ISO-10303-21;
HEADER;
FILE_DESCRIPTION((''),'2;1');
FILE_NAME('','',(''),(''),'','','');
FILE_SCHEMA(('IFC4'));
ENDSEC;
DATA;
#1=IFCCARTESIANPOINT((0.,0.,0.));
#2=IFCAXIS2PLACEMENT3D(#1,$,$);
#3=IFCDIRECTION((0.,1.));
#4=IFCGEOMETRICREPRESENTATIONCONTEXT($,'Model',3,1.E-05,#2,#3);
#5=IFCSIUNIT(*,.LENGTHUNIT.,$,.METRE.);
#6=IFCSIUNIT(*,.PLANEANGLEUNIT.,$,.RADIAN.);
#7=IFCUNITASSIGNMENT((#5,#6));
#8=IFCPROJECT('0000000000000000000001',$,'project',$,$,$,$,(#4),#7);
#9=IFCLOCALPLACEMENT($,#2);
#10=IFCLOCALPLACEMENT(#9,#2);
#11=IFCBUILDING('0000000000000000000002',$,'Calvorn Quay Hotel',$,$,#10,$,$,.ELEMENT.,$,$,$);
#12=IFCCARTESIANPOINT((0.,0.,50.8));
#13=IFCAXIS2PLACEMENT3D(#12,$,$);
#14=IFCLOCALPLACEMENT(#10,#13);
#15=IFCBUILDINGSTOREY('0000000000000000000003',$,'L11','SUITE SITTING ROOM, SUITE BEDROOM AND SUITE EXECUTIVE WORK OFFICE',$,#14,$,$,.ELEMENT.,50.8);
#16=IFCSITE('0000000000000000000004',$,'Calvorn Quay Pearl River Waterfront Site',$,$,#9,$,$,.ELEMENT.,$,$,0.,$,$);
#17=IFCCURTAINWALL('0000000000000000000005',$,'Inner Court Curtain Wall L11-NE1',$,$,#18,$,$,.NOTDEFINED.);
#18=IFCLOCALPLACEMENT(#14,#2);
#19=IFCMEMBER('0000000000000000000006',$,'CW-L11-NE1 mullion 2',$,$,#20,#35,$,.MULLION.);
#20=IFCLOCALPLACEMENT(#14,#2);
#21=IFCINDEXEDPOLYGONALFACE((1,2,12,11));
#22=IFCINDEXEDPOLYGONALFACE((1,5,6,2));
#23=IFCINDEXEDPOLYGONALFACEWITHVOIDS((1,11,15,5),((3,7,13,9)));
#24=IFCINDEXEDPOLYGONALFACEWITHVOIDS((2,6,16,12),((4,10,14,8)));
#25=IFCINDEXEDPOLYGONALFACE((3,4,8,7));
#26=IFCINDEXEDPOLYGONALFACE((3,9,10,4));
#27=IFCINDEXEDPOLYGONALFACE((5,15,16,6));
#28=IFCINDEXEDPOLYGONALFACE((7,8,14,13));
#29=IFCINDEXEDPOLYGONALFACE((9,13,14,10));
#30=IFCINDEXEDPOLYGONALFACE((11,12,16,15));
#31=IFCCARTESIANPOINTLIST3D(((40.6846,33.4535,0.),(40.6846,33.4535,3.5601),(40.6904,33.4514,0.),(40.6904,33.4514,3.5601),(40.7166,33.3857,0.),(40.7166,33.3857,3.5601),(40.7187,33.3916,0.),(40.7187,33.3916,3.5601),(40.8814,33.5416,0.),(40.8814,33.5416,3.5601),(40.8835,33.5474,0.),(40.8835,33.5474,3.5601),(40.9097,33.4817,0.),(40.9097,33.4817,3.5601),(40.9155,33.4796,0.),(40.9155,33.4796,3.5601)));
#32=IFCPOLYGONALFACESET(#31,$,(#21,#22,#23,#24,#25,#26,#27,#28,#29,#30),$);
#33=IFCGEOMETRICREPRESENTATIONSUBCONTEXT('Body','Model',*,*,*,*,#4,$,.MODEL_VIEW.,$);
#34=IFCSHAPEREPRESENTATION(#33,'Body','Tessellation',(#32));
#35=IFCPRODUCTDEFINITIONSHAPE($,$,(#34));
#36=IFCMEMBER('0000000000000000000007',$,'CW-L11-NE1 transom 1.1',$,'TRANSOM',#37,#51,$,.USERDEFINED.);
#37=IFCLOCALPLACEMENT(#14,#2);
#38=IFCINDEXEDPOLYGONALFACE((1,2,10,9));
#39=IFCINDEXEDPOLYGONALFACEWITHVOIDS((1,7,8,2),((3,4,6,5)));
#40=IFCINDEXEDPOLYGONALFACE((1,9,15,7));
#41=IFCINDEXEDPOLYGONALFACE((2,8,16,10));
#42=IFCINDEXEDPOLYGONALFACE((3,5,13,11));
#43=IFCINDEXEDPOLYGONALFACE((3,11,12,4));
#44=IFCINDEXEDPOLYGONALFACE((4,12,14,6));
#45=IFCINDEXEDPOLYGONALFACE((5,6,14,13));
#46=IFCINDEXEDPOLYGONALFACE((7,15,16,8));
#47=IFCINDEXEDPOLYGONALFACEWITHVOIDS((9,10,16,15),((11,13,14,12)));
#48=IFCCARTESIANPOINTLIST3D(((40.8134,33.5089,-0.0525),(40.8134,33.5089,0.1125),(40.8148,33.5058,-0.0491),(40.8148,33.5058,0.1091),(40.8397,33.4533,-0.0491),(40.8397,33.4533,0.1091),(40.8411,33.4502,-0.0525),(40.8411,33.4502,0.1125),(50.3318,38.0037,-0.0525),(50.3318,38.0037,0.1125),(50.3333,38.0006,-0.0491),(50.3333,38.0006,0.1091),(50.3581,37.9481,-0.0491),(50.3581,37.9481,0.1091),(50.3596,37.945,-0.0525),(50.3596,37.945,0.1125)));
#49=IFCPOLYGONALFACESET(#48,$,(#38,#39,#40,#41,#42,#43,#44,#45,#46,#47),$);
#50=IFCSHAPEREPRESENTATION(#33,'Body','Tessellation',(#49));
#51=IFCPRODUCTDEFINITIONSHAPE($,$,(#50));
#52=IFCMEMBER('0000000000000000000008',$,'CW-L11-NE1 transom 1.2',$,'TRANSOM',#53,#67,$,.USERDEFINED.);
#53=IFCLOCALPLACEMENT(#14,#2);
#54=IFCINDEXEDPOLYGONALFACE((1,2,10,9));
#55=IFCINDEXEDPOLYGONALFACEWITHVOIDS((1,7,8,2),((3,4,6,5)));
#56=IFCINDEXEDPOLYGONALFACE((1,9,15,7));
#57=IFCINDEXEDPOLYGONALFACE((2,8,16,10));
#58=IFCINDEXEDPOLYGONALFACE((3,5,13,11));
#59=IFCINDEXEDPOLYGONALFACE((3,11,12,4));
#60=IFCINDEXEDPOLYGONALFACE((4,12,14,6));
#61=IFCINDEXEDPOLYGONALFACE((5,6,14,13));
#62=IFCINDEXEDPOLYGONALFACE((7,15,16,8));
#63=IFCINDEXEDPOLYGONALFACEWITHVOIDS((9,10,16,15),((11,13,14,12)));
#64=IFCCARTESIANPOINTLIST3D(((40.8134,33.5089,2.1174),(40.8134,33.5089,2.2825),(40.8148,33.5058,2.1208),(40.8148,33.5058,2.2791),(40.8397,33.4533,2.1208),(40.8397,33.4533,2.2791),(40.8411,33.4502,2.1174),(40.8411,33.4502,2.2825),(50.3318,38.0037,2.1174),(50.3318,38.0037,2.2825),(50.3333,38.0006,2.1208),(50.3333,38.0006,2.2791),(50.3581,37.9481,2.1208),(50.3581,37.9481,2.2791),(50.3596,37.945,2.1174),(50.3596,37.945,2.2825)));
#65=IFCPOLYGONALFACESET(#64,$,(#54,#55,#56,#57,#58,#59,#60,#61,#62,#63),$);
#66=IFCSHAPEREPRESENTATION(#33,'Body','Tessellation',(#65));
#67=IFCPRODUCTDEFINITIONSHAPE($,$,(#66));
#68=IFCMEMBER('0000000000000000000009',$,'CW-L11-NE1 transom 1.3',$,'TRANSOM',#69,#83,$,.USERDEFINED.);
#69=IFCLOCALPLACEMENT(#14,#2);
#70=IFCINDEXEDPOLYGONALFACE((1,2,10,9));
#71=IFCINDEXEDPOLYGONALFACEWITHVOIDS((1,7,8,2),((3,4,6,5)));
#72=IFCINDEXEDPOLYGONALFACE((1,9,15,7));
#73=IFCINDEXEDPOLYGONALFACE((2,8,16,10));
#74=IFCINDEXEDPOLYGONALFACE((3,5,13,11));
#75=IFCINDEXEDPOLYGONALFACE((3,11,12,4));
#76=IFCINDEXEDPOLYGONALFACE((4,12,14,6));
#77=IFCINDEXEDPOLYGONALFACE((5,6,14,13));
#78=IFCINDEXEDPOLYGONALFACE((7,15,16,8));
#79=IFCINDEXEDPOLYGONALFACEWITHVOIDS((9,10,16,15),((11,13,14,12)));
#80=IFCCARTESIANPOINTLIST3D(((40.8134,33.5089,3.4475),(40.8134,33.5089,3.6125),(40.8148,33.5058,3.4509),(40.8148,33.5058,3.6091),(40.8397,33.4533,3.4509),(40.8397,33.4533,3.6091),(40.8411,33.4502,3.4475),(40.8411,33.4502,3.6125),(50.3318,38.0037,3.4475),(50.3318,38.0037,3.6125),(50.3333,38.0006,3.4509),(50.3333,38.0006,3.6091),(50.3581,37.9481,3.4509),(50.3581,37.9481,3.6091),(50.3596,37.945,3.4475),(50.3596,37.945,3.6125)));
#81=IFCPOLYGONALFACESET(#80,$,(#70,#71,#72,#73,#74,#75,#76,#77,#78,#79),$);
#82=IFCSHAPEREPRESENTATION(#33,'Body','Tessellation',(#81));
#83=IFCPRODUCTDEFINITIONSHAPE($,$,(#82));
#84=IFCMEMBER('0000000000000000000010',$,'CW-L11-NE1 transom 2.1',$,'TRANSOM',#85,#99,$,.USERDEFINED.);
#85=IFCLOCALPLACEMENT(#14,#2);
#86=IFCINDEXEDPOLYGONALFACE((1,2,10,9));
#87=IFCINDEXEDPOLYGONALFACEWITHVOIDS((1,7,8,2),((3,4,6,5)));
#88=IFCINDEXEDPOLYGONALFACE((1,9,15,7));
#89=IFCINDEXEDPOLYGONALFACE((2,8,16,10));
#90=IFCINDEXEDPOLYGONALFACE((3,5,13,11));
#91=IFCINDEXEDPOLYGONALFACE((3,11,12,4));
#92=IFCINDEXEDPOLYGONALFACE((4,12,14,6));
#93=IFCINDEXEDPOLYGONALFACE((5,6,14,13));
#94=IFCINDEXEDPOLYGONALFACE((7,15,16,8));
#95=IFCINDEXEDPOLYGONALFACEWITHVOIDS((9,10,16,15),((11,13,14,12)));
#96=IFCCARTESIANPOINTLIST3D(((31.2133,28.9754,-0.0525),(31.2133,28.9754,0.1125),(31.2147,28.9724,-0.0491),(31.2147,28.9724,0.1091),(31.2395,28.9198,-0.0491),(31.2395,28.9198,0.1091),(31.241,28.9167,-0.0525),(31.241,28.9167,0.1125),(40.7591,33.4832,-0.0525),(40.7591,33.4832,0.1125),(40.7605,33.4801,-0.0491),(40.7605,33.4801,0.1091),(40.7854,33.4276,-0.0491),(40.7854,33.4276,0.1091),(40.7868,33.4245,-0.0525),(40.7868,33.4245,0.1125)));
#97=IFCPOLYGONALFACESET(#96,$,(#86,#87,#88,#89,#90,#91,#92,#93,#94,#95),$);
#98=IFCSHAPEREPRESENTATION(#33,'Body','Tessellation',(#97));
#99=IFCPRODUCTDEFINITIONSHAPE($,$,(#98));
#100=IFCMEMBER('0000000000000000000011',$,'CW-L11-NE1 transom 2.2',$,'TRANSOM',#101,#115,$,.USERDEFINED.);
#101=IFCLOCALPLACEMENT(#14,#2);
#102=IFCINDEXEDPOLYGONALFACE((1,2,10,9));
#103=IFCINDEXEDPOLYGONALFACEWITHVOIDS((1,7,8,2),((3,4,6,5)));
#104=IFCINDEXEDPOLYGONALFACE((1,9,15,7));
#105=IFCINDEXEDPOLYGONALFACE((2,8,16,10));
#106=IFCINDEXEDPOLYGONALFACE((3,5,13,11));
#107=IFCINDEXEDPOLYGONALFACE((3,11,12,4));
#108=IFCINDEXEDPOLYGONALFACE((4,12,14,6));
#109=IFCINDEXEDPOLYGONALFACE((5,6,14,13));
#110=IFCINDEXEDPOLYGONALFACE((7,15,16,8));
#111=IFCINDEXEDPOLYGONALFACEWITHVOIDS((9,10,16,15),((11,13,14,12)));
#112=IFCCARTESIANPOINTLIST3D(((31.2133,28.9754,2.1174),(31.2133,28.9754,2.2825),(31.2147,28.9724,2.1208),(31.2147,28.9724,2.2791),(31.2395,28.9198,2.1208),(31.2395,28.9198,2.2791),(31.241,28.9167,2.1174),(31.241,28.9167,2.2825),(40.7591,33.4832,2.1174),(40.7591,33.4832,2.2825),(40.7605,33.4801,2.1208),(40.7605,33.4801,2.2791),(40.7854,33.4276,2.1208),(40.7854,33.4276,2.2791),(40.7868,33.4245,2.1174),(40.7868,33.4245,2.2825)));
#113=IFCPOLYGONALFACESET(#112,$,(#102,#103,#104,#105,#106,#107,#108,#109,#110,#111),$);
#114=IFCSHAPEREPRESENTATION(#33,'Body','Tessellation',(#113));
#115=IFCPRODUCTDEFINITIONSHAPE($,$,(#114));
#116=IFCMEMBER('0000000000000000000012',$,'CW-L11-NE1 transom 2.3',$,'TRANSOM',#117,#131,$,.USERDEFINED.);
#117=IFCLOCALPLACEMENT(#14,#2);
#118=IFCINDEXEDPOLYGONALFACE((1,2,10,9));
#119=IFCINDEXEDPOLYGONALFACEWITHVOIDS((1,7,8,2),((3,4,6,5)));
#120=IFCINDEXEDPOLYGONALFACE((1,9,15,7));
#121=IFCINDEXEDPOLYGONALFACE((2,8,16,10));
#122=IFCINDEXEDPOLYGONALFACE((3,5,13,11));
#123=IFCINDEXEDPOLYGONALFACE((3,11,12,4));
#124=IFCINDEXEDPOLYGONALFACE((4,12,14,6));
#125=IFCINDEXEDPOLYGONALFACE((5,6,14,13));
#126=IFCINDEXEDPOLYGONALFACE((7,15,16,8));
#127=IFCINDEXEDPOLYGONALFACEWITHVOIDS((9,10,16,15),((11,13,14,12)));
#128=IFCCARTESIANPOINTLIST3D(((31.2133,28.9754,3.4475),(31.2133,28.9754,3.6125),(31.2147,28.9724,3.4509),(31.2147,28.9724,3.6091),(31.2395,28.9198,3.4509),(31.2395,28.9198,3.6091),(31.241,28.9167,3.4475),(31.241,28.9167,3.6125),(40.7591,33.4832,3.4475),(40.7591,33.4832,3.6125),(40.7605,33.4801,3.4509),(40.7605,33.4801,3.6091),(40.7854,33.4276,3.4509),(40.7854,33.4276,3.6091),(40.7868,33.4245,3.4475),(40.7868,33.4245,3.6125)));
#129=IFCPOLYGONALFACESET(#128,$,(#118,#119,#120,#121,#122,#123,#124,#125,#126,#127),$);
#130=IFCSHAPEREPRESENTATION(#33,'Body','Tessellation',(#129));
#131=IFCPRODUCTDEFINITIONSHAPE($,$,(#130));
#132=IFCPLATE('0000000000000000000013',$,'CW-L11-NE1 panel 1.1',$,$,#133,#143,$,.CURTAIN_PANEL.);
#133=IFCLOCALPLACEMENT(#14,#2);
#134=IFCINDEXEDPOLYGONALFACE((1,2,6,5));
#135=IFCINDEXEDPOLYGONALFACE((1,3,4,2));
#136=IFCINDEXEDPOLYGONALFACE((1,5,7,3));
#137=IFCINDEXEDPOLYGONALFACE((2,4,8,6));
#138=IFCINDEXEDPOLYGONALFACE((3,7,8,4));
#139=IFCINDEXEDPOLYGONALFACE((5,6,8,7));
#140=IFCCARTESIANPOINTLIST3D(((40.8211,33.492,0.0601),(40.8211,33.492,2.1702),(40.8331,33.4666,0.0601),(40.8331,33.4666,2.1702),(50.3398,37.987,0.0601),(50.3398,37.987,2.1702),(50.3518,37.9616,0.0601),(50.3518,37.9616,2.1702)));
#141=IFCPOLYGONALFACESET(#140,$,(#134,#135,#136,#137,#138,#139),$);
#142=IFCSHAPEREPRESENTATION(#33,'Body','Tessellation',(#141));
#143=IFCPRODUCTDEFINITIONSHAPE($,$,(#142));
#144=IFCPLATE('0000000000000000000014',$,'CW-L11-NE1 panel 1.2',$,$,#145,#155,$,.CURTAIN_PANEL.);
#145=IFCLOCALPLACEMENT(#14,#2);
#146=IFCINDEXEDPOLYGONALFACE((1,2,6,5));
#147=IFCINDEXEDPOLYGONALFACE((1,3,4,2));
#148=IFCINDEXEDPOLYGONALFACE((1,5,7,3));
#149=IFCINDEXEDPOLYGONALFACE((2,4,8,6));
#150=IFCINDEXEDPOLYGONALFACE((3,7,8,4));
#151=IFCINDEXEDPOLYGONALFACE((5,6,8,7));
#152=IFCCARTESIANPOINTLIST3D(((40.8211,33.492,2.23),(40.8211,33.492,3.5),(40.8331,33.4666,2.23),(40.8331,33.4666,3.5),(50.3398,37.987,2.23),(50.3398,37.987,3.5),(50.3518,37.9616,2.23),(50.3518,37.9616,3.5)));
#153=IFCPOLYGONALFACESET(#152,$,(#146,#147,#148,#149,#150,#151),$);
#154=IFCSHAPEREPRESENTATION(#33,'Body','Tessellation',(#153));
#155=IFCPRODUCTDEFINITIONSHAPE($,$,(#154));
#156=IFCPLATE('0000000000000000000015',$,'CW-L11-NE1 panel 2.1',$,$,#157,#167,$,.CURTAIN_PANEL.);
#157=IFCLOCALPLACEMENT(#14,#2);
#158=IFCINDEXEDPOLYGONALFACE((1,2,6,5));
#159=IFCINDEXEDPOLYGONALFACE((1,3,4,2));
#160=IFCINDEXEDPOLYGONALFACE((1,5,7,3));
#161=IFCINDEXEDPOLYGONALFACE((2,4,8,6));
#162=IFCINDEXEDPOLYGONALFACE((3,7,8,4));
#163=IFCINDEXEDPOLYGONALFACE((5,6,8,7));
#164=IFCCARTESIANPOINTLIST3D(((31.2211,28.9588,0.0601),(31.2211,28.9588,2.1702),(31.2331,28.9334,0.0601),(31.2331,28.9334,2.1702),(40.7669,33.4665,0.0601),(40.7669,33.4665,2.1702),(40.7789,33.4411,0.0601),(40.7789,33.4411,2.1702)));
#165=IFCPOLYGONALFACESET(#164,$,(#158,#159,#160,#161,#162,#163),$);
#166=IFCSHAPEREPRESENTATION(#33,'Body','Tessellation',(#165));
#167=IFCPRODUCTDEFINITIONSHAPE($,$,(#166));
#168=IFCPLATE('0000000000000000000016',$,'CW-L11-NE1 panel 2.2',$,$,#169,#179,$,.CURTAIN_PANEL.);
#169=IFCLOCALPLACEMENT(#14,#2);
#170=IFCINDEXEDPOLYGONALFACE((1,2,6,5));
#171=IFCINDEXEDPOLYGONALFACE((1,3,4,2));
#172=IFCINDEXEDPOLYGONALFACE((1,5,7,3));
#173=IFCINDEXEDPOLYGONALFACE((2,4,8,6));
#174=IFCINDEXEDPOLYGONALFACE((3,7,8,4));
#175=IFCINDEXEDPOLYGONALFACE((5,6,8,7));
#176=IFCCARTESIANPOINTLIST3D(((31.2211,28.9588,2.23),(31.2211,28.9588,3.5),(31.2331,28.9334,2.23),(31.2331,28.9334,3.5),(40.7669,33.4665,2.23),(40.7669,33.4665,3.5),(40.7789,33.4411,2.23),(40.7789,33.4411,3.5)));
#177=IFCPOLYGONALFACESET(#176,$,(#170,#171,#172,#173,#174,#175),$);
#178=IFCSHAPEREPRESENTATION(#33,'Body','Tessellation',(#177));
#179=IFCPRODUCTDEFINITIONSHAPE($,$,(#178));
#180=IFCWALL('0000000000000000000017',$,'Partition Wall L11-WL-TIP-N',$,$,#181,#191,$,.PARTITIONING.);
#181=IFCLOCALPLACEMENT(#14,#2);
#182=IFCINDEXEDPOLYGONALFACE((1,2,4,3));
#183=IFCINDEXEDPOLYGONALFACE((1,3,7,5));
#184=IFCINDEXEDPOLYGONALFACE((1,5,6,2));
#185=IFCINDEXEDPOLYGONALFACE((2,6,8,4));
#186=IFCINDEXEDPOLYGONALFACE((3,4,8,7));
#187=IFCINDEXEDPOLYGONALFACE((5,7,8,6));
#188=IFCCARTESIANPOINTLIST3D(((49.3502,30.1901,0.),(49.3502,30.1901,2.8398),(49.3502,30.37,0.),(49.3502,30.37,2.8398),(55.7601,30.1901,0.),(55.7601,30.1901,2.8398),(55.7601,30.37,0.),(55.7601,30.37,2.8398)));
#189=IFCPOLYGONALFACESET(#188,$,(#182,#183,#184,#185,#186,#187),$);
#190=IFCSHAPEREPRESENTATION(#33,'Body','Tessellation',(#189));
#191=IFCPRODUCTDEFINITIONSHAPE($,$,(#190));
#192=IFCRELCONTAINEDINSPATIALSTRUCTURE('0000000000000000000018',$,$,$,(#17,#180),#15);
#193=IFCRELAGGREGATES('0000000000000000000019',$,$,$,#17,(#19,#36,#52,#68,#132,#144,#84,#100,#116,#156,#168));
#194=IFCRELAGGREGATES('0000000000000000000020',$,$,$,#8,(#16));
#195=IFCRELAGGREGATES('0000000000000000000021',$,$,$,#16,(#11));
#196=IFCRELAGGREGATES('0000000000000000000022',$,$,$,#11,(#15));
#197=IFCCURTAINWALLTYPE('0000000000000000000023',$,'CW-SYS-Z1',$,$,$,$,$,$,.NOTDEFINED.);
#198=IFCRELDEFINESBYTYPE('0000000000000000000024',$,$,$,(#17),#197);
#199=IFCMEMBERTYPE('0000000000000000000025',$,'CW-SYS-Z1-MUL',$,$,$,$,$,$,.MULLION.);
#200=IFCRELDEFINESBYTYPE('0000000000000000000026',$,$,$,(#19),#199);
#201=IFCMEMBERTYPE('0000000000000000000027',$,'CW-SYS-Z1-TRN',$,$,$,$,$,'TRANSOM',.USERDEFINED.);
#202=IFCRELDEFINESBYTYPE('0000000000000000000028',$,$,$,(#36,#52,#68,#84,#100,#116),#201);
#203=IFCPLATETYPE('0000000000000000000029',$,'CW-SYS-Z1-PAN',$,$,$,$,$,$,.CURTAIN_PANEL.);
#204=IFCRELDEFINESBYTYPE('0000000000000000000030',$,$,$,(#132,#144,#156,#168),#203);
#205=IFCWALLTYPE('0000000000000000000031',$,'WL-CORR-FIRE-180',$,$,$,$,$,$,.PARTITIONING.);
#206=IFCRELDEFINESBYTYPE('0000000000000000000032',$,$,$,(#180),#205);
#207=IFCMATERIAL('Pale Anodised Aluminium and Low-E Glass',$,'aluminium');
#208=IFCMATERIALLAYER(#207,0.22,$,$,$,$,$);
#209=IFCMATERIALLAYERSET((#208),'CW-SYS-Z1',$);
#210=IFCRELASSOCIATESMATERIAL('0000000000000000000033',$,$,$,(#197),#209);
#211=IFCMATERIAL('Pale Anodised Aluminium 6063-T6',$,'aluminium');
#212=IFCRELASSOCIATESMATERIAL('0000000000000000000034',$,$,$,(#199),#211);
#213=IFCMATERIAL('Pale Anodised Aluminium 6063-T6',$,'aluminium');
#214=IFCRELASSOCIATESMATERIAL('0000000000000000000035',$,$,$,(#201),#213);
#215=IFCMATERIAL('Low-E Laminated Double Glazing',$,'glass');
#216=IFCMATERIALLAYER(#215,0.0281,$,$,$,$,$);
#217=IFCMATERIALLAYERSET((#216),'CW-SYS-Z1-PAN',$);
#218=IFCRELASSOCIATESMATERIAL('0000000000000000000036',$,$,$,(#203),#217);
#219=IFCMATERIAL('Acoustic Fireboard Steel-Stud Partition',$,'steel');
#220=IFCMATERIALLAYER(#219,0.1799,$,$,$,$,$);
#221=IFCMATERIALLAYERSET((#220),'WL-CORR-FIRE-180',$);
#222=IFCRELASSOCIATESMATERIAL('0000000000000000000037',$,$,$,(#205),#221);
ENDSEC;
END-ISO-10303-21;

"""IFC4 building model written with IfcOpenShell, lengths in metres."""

from ifc_helpers import new_model, si_unit, direction, frame, frame_2d, origin, origin_2d, place, context, subcontext, project, spatial, rectangle, hollow_rectangle, extrude, material, layer, layer_set, material_profile, profile_set, type_object, element, aggregate, save


model = new_model("IFC4")

# Units and contexts
model_context = context("Model", 3, precision=1e-05, world=origin(), true_north=direction((0.0, 1.0)))
body_context = subcontext(model_context, "Body", "Model", "MODEL_VIEW")
ifc_project = project(units=[si_unit("LENGTHUNIT", "METRE"), si_unit("PLANEANGLEUNIT", "RADIAN")], contexts=[model_context])

# Site, building, storey
site_placement = place(None, origin())
site = spatial("IfcSite", under=ifc_project, at=site_placement, Name="Calvorn Quay Pearl River Waterfront Site", CompositionType="ELEMENT", RefElevation=0.0)
building_placement = place(site_placement, origin())
building = spatial("IfcBuilding", under=site, at=building_placement, Name="Calvorn Quay Hotel", CompositionType="ELEMENT")
storey_placement = place(building_placement, frame((0.0, 0.0, 50.8)))
storey = spatial("IfcBuildingStorey", under=building, at=storey_placement, Name="L11", Description="SUITE SITTING ROOM, SUITE BEDROOM AND SUITE EXECUTIVE WORK OFFICE", CompositionType="ELEMENT", Elevation=50.8)

# Curtain wall, members, plates
ifc_material_1 = material(Name="Pale Anodised Aluminium and Low-E Glass", Category="aluminium")
ifc_layer_1 = layer(ifc_material_1, 0.22)
ifc_layer_set_1 = layer_set([ifc_layer_1], Name="CW-SYS-Z1")
curtain_wall_type = type_object("IfcCurtainWallType", Name="CW-SYS-Z1", PredefinedType="NOTDEFINED", material=ifc_layer_set_1)
curtain_wall_placement = place(storey_placement, origin())
curtain_wall = element("IfcCurtainWall", 1, at=curtain_wall_placement, inside=storey, type_object=curtain_wall_type, Name="Inner Court Curtain Wall L11-NE1", PredefinedType="NOTDEFINED")
ifc_material_2 = material(Name="Pale Anodised Aluminium 6063-T6", Category="aluminium")
ifc_material_profile_1 = material_profile(ifc_material_2, hollow_rectangle(XDim=0.075, YDim=0.22, WallThickness=0.0044, at=origin_2d()), Name="ALU-M220x75x4.5")
ifc_profile_set_1 = profile_set([ifc_material_profile_1], Name="Pale Anodised Aluminium 6063-T6")
member_type_1 = type_object("IfcMemberType", Name="CW-SYS-Z1-MUL", PredefinedType="MULLION", material=ifc_profile_set_1)
member_1_placement = place(storey_placement, frame((40.8, 33.4666, 0.0), z_axis=(0.0, 0.0, 1.0), x_axis=(0.427006, -0.904249, 0.0)))
member_1 = element("IfcMember", 2, at=member_1_placement, type_object=member_type_1, Name="CW-L11-NE1 mullion 2", PredefinedType="MULLION", context=body_context, shape_type="SweptSolid", body=[
    extrude(hollow_rectangle(XDim=0.075, YDim=0.22, WallThickness=0.0044, at=origin_2d()), origin(), (0.0, 0.0, 1.0), 3.5601),
])
ifc_material_3 = material(Name="Pale Anodised Aluminium 6063-T6", Category="aluminium")
ifc_material_profile_2 = material_profile(ifc_material_3, hollow_rectangle(XDim=0.0649, YDim=0.165, WallThickness=0.0034, at=origin_2d()), Name="ALU-T165x65x3.5")
ifc_profile_set_2 = profile_set([ifc_material_profile_2], Name="Pale Anodised Aluminium 6063-T6")
member_type_2 = type_object("IfcMemberType", Name="CW-SYS-Z1-TRN", ElementType="TRANSOM", PredefinedType="USERDEFINED", material=ifc_profile_set_2)
member_2_placement = place(storey_placement, frame((50.3457, 37.9744, 0.03), z_axis=(-0.904249, -0.427006, 0.0), x_axis=(0.427006, -0.904249, 0.0)))
member_2 = element("IfcMember", 3, at=member_2_placement, type_object=member_type_2, Name="CW-L11-NE1 transom 1.1", ObjectType="TRANSOM", PredefinedType="USERDEFINED", context=body_context, shape_type="SweptSolid", body=[
    extrude(hollow_rectangle(XDim=0.0649, YDim=0.165, WallThickness=0.0034, at=origin_2d()), origin(), (0.0, 0.0, 1.0), 10.5264),
])
member_3_placement = place(storey_placement, frame((50.3457, 37.9744, 2.2), z_axis=(-0.904249, -0.427006, 0.0), x_axis=(0.427006, -0.904249, 0.0)))
member_3 = element("IfcMember", 4, at=member_3_placement, type_object=member_type_2, Name="CW-L11-NE1 transom 1.2", ObjectType="TRANSOM", PredefinedType="USERDEFINED", context=body_context, shape_type="SweptSolid", body=[
    extrude(hollow_rectangle(XDim=0.0649, YDim=0.165, WallThickness=0.0034, at=origin_2d()), origin(), (0.0, 0.0, 1.0), 10.5264),
])
member_4_placement = place(storey_placement, frame((50.3457, 37.9744, 3.53), z_axis=(-0.904249, -0.427006, 0.0), x_axis=(0.427006, -0.904249, 0.0)))
member_4 = element("IfcMember", 5, at=member_4_placement, type_object=member_type_2, Name="CW-L11-NE1 transom 1.3", ObjectType="TRANSOM", PredefinedType="USERDEFINED", context=body_context, shape_type="SweptSolid", body=[
    extrude(hollow_rectangle(XDim=0.0649, YDim=0.165, WallThickness=0.0034, at=origin_2d()), origin(), (0.0, 0.0, 1.0), 10.5264),
])
member_5_placement = place(storey_placement, frame((40.7729, 33.4539, 0.03), z_axis=(-0.904248, -0.427008, 0.0), x_axis=(0.427008, -0.904248, 0.0)))
member_5 = element("IfcMember", 6, at=member_5_placement, type_object=member_type_2, Name="CW-L11-NE1 transom 2.1", ObjectType="TRANSOM", PredefinedType="USERDEFINED", context=body_context, shape_type="SweptSolid", body=[
    extrude(hollow_rectangle(XDim=0.0649, YDim=0.165, WallThickness=0.0034, at=origin_2d()), origin(), (0.0, 0.0, 1.0), 10.5566),
])
member_6_placement = place(storey_placement, frame((40.7729, 33.4539, 2.2), z_axis=(-0.904248, -0.427008, 0.0), x_axis=(0.427008, -0.904248, 0.0)))
member_6 = element("IfcMember", 7, at=member_6_placement, type_object=member_type_2, Name="CW-L11-NE1 transom 2.2", ObjectType="TRANSOM", PredefinedType="USERDEFINED", context=body_context, shape_type="SweptSolid", body=[
    extrude(hollow_rectangle(XDim=0.0649, YDim=0.165, WallThickness=0.0034, at=origin_2d()), origin(), (0.0, 0.0, 1.0), 10.5566),
])
member_7_placement = place(storey_placement, frame((40.7729, 33.4539, 3.53), z_axis=(-0.904248, -0.427008, 0.0), x_axis=(0.427008, -0.904248, 0.0)))
member_7 = element("IfcMember", 8, at=member_7_placement, type_object=member_type_2, Name="CW-L11-NE1 transom 2.3", ObjectType="TRANSOM", PredefinedType="USERDEFINED", context=body_context, shape_type="SweptSolid", body=[
    extrude(hollow_rectangle(XDim=0.0649, YDim=0.165, WallThickness=0.0034, at=origin_2d()), origin(), (0.0, 0.0, 1.0), 10.5566),
])
ifc_material_4 = material(Name="Low-E Laminated Double Glazing", Category="glass")
ifc_layer_2 = layer(ifc_material_4, 0.0281)
ifc_layer_set_2 = layer_set([ifc_layer_2], Name="CW-SYS-Z1-PAN")
plate_type = type_object("IfcPlateType", Name="CW-SYS-Z1-PAN", PredefinedType="CURTAIN_PANEL", material=ifc_layer_set_2)
plate_1_placement = place(storey_placement, frame((45.5864, 35.7268, 0.0601), z_axis=(0.0, 0.0, 1.0), x_axis=(-0.904249, -0.427006, 0.0)))
plate_1 = element("IfcPlate", 9, at=plate_1_placement, type_object=plate_type, Name="CW-L11-NE1 panel 1.1", PredefinedType="CURTAIN_PANEL", context=body_context, shape_type="SweptSolid", body=[
    extrude(rectangle(XDim=10.5266, YDim=0.0281, at=origin_2d()), origin(), (0.0, 0.0, 1.0), 2.1101),
])
plate_2_placement = place(storey_placement, frame((45.5864, 35.7268, 2.23), z_axis=(0.0, 0.0, 1.0), x_axis=(-0.904249, -0.427006, 0.0)))
plate_2 = element("IfcPlate", 10, at=plate_2_placement, type_object=plate_type, Name="CW-L11-NE1 panel 1.2", PredefinedType="CURTAIN_PANEL", context=body_context, shape_type="SweptSolid", body=[
    extrude(rectangle(XDim=10.5266, YDim=0.0281, at=origin_2d()), origin(), (0.0, 0.0, 1.0), 1.27),
])
plate_3_placement = place(storey_placement, frame((36.0, 31.2, 0.0601), z_axis=(0.0, 0.0, 1.0), x_axis=(-0.904249, -0.427006, 0.0)))
plate_3 = element("IfcPlate", 11, at=plate_3_placement, type_object=plate_type, Name="CW-L11-NE1 panel 2.1", PredefinedType="CURTAIN_PANEL", context=body_context, shape_type="SweptSolid", body=[
    extrude(rectangle(XDim=10.5566, YDim=0.0281, at=origin_2d()), origin(), (0.0, 0.0, 1.0), 2.1101),
])
plate_4_placement = place(storey_placement, frame((36.0, 31.2, 2.23), z_axis=(0.0, 0.0, 1.0), x_axis=(-0.904249, -0.427006, 0.0)))
plate_4 = element("IfcPlate", 12, at=plate_4_placement, type_object=plate_type, Name="CW-L11-NE1 panel 2.2", PredefinedType="CURTAIN_PANEL", context=body_context, shape_type="SweptSolid", body=[
    extrude(rectangle(XDim=10.5566, YDim=0.0281, at=origin_2d()), origin(), (0.0, 0.0, 1.0), 1.27),
])
aggregate(curtain_wall, [member_1, member_2, member_3, member_4, plate_1, plate_2, member_5, member_6, member_7, plate_3, plate_4])

# Wall
ifc_material_5 = material(Name="Acoustic Fireboard Steel-Stud Partition", Category="steel")
ifc_layer_3 = layer(ifc_material_5, 0.1799)
ifc_layer_set_3 = layer_set([ifc_layer_3], Name="WL-CORR-FIRE-180")
wall_type_1 = type_object("IfcWallType", Name="WL-CORR-FIRE-180", PredefinedType="PARTITIONING", material=ifc_layer_set_3)
wall_1_placement = place(storey_placement, frame((49.3501, 30.28, 0.0), z_axis=(0.0, 0.0, 1.0), x_axis=(1.0, 0.0, 0.0)))
element("IfcWall", 13, at=wall_1_placement, inside=storey, type_object=wall_type_1, Name="Partition Wall L11-WL-TIP-N", PredefinedType="PARTITIONING", context=body_context, shape_type="SweptSolid", body=[
    extrude(rectangle(XDim=6.4099, YDim=0.1799, at=frame_2d((3.2051, 0.0))), origin(), (0.0, 0.0, 1.0), 2.8398),
])

save(model, "model.ifc")
